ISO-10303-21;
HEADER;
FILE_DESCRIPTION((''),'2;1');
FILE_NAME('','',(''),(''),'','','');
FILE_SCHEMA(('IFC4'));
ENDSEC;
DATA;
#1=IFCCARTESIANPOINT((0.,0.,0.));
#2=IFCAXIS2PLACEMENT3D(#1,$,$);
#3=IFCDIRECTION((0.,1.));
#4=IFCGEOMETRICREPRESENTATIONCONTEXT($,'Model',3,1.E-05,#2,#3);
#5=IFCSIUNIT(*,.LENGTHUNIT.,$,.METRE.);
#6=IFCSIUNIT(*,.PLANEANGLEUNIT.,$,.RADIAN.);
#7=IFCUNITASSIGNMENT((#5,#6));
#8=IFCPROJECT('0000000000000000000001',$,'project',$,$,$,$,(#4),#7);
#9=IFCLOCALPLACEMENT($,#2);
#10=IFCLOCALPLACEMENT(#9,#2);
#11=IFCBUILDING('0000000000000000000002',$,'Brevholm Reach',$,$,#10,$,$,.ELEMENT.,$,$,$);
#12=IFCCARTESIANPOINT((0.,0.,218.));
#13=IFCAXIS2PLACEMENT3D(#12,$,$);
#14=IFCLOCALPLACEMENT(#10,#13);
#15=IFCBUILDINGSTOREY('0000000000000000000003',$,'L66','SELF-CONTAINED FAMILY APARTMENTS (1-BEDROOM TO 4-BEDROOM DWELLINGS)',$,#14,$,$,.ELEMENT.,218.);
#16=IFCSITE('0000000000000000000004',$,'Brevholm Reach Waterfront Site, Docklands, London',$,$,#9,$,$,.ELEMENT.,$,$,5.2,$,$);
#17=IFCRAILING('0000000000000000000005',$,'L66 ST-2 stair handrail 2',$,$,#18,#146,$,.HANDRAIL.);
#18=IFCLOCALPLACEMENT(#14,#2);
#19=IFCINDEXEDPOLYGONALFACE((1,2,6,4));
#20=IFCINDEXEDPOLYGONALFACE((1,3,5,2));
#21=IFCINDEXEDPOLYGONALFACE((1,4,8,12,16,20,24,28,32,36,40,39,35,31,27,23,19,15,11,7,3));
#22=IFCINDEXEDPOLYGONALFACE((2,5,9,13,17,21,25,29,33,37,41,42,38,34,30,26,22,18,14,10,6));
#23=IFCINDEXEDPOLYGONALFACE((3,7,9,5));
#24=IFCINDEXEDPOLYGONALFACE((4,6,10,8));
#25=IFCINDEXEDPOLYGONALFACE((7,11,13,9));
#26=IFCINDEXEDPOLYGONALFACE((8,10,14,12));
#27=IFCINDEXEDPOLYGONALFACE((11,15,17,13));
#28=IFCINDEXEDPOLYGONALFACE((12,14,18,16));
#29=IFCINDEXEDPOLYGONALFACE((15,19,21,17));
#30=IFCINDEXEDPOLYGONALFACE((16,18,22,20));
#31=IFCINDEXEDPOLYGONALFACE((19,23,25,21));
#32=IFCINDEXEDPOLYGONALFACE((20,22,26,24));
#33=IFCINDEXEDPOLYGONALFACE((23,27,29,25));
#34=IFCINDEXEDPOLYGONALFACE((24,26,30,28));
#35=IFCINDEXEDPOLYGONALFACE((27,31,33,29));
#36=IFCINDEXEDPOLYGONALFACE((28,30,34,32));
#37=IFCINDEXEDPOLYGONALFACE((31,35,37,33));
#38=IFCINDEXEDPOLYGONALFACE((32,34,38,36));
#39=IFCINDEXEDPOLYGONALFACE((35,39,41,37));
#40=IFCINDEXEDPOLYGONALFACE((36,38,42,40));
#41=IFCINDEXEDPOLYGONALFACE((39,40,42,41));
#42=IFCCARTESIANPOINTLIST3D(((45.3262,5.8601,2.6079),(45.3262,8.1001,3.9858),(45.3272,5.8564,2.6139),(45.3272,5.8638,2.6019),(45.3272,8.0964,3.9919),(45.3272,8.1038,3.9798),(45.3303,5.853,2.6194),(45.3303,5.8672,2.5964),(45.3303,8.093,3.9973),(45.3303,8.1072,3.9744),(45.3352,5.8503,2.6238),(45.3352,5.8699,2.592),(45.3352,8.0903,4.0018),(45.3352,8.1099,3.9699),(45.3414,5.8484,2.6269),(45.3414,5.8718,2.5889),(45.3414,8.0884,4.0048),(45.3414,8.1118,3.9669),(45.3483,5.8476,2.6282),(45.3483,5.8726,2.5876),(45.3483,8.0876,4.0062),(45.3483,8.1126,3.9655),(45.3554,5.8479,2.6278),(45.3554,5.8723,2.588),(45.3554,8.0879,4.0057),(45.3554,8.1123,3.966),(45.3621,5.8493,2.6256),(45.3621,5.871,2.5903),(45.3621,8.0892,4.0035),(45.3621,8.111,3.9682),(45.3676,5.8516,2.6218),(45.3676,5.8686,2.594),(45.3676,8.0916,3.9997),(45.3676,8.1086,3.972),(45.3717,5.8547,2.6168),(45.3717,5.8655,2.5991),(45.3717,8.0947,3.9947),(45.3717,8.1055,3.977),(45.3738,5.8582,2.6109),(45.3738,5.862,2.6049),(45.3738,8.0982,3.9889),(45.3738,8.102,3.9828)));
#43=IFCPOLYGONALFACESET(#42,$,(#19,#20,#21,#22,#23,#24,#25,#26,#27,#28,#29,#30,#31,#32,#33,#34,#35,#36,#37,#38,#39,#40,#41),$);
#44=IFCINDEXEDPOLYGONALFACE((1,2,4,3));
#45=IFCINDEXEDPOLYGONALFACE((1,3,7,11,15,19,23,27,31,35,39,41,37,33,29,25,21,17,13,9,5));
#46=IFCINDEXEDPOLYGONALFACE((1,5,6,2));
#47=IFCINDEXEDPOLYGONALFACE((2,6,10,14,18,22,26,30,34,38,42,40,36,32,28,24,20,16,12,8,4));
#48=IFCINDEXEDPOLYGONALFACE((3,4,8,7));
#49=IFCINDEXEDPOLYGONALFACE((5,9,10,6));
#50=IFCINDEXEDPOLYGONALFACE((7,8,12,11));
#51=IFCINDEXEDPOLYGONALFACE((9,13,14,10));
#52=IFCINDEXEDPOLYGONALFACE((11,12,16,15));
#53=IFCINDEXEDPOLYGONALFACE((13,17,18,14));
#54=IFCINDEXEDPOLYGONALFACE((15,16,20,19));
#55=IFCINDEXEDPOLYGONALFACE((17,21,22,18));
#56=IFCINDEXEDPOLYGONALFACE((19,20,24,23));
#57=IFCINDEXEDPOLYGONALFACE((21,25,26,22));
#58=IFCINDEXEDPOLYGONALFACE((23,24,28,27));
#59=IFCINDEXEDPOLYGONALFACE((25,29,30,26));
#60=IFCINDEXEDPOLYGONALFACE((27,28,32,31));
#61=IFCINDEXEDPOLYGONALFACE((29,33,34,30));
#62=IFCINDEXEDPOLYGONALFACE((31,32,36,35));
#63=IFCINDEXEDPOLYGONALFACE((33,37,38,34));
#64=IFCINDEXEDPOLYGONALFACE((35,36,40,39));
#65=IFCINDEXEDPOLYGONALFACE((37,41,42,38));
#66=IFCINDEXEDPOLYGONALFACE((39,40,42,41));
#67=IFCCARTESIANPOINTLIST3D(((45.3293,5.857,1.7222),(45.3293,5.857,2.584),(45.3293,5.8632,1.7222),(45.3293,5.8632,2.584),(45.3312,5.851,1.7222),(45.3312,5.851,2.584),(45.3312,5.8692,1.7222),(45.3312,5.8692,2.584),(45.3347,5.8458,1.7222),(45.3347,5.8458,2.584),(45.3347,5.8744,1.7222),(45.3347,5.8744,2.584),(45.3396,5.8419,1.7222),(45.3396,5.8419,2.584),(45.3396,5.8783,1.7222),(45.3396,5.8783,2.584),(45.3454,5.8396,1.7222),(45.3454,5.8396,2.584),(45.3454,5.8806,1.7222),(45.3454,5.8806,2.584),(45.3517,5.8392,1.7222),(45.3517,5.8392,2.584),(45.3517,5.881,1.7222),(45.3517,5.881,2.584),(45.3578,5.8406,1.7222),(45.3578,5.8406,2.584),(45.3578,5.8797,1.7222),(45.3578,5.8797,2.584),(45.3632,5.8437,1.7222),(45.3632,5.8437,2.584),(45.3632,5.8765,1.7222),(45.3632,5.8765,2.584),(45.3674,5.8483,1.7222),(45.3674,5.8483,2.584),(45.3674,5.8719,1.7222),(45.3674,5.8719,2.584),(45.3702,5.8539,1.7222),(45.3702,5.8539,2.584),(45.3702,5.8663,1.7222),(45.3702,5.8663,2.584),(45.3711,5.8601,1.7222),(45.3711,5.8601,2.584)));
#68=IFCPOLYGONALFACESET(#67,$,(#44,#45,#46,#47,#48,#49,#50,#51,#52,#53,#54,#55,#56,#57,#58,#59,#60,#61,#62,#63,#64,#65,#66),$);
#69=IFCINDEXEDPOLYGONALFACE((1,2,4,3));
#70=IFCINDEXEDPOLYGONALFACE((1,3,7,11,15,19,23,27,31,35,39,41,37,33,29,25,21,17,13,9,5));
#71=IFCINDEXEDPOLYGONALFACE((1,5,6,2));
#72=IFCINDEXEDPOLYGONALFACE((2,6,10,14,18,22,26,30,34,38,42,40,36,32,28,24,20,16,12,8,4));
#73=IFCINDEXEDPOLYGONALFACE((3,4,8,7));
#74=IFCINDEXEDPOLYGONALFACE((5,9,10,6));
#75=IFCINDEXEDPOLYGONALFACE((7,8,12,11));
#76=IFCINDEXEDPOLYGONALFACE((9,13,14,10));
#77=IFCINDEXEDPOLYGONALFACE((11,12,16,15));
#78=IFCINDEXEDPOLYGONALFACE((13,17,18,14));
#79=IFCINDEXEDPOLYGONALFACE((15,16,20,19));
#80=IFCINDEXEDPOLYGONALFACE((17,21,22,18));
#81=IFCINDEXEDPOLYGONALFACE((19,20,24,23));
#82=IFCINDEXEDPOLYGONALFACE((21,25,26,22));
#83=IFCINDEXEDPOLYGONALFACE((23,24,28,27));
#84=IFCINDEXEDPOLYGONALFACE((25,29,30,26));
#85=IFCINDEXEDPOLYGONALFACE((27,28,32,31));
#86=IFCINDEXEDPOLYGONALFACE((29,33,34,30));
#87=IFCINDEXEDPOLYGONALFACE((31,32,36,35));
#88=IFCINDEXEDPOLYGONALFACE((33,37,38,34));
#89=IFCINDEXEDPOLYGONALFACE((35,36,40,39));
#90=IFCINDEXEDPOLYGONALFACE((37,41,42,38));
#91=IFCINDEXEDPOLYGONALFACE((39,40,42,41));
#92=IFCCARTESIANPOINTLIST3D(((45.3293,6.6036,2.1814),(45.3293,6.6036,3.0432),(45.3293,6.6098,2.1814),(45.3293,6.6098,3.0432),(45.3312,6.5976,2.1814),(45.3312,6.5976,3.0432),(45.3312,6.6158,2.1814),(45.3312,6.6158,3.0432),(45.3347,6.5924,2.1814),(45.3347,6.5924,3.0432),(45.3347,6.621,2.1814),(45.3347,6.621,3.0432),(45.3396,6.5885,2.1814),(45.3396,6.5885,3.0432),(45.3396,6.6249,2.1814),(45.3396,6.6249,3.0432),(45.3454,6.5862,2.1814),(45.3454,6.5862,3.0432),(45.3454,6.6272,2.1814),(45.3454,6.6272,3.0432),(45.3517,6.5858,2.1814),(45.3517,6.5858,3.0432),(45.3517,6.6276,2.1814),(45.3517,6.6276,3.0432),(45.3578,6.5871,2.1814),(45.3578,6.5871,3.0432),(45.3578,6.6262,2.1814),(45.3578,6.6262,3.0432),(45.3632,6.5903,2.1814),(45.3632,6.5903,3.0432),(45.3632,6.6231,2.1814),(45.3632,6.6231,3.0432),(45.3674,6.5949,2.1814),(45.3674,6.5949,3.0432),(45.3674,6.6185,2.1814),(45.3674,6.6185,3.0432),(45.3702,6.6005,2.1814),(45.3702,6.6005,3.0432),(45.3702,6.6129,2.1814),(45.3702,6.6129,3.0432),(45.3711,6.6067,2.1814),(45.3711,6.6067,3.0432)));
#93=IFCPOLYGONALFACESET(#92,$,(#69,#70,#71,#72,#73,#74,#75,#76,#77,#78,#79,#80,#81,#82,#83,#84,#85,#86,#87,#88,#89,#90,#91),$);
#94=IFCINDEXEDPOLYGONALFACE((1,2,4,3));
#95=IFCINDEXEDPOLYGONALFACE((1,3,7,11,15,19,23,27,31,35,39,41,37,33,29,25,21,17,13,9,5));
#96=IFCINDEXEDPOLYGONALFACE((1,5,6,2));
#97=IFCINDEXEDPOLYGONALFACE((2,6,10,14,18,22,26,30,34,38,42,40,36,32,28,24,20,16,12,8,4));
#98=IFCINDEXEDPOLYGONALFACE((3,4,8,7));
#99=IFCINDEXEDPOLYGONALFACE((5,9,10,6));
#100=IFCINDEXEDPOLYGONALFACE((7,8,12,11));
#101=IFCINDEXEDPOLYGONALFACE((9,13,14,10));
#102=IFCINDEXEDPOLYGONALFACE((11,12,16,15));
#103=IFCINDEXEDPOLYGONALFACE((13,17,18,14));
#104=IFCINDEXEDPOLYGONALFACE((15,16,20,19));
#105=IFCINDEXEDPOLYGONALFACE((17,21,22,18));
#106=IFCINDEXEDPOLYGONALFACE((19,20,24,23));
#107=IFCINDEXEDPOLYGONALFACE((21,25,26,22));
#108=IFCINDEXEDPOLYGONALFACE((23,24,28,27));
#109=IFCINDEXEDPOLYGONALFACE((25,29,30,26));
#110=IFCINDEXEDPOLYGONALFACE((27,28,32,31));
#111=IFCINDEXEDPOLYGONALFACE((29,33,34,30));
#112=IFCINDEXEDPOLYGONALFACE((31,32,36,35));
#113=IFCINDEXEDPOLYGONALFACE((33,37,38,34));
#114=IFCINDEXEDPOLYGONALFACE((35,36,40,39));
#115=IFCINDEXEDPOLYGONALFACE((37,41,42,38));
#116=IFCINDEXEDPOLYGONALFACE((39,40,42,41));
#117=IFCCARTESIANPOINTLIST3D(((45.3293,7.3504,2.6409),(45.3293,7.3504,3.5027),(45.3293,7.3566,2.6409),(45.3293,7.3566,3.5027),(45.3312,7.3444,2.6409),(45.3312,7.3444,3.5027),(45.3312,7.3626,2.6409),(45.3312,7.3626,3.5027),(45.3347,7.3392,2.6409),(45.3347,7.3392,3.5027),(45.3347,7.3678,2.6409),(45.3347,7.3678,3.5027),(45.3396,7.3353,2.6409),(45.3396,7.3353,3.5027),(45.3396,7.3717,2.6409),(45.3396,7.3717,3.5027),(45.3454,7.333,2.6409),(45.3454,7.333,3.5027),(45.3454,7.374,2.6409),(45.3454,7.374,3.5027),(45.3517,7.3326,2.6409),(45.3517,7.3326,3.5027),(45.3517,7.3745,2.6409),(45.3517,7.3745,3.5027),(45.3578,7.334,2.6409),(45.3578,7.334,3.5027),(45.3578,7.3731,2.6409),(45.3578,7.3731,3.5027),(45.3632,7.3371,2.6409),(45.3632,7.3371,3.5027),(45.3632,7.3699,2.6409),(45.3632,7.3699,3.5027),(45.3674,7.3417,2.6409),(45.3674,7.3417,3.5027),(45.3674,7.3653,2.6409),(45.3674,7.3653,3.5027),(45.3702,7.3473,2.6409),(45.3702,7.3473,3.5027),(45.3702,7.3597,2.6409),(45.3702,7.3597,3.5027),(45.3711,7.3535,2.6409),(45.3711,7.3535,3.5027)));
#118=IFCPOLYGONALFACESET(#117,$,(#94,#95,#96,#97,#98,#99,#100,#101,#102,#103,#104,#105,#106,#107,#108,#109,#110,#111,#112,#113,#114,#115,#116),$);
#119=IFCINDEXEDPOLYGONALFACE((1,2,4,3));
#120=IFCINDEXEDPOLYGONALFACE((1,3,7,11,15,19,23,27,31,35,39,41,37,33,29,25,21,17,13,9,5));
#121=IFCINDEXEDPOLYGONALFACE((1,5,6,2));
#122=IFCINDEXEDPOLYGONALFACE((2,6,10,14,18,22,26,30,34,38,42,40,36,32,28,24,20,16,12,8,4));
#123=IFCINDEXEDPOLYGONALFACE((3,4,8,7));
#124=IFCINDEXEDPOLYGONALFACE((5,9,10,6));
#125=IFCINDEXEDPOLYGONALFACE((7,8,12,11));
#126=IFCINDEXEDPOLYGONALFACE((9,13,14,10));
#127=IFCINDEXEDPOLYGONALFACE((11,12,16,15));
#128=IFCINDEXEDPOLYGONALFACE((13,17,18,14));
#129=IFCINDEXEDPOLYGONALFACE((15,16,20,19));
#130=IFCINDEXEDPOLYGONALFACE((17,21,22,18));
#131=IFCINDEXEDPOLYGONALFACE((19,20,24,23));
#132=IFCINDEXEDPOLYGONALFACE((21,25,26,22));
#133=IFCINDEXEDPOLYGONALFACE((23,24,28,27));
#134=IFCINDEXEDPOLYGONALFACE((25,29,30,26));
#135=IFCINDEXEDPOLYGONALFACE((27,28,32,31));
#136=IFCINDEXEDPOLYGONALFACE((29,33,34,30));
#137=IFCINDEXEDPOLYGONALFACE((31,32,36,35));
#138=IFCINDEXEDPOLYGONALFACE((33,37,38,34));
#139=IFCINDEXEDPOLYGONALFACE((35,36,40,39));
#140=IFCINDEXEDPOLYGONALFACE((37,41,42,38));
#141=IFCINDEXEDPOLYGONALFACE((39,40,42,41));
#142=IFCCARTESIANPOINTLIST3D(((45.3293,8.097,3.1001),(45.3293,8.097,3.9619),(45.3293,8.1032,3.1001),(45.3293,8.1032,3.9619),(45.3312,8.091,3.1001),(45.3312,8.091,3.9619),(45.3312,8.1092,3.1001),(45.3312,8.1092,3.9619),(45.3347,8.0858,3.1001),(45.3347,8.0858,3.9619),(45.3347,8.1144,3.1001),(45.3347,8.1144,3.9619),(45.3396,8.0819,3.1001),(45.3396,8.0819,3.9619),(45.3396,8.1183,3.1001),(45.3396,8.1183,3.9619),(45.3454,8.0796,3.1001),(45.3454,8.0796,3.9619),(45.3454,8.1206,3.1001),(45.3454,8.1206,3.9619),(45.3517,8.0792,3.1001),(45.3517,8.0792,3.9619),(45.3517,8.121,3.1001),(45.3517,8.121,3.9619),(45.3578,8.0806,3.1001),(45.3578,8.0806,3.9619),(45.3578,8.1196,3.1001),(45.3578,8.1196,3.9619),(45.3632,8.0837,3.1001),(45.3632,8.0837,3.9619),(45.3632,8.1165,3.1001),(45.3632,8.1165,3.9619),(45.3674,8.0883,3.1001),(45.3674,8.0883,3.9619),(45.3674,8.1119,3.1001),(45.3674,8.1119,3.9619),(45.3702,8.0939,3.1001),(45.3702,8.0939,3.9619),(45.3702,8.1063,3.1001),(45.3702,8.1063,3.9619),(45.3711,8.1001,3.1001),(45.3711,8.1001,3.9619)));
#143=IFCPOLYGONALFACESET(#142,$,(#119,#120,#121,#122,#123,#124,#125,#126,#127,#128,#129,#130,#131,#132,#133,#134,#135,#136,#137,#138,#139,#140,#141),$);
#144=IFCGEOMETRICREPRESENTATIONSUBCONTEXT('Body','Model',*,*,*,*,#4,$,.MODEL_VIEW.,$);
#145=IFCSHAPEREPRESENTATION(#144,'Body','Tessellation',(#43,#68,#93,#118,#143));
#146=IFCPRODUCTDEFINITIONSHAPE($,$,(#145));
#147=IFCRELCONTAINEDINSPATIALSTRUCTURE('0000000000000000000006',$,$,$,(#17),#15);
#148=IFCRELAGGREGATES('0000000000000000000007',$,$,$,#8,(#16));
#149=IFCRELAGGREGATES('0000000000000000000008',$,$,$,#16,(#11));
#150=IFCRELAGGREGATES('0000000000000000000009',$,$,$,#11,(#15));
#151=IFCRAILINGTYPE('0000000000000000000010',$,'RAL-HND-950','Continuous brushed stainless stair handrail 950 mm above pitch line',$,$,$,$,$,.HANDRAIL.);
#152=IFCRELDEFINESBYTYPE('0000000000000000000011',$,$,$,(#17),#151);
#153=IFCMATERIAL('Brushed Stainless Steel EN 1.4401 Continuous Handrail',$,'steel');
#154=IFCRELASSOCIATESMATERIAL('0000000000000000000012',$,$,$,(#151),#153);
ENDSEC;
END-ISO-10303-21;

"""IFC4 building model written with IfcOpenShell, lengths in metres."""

from ifc_helpers import new_model, si_unit, direction, frame, origin, origin_2d, place, context, subcontext, project, spatial, circle, extrude, material, type_object, element, save


model = new_model("IFC4")

# Units and contexts
model_context = context("Model", 3, precision=1e-05, world=origin(), true_north=direction((0.0, 1.0)))
body_context = subcontext(model_context, "Body", "Model", "MODEL_VIEW")
ifc_project = project(units=[si_unit("LENGTHUNIT", "METRE"), si_unit("PLANEANGLEUNIT", "RADIAN")], contexts=[model_context])

# Site, building, storey
site_placement = place(None, origin())
site = spatial("IfcSite", under=ifc_project, at=site_placement, Name="Brevholm Reach Waterfront Site, Docklands, London", CompositionType="ELEMENT", RefElevation=5.2)
building_placement = place(site_placement, origin())
building = spatial("IfcBuilding", under=site, at=building_placement, Name="Brevholm Reach", CompositionType="ELEMENT")
storey_placement = place(building_placement, frame((0.0, 0.0, 218.0)))
storey = spatial("IfcBuildingStorey", under=building, at=storey_placement, Name="L66", Description="SELF-CONTAINED FAMILY APARTMENTS (1-BEDROOM TO 4-BEDROOM DWELLINGS)", CompositionType="ELEMENT", Elevation=218.0)

# Railing
ifc_material_1 = material(Name="Brushed Stainless Steel EN 1.4401 Continuous Handrail", Category="steel")
railing_type_1 = type_object("IfcRailingType", Name="RAL-HND-950", Description="Continuous brushed stainless stair handrail 950 mm above pitch line", PredefinedType="HANDRAIL", material=ifc_material_1)
railing_1_placement = place(storey_placement, frame((45.3501, 5.8601, 1.7222)))
element("IfcRailing", 1, at=railing_1_placement, inside=storey, type_object=railing_type_1, Name="L66 ST-2 stair handrail 2", PredefinedType="HANDRAIL", context=body_context, shape_type="SweptSolid", body=[
    extrude(circle(Radius=0.0239, at=origin_2d()), frame((0.0, 0.0, 0.8857), z_axis=(0.0, 0.851748, 0.523952), x_axis=(-1.0, 0.0, 0.0)), (0.0, 0.0, 1.0), 2.6299),
    extrude(circle(Radius=0.021, at=origin_2d()), origin(), (0.0, 0.0, 1.0), 0.8618),
    extrude(circle(Radius=0.021, at=origin_2d()), frame((0.0, 0.7466, 0.4592)), (0.0, 0.0, 1.0), 0.8618),
    extrude(circle(Radius=0.021, at=origin_2d()), frame((0.0, 1.4934, 0.9187)), (0.0, 0.0, 1.0), 0.8618),
    extrude(circle(Radius=0.021, at=origin_2d()), frame((0.0, 2.24, 1.3779)), (0.0, 0.0, 1.0), 0.8618),
])

save(model, "model.ifc")
